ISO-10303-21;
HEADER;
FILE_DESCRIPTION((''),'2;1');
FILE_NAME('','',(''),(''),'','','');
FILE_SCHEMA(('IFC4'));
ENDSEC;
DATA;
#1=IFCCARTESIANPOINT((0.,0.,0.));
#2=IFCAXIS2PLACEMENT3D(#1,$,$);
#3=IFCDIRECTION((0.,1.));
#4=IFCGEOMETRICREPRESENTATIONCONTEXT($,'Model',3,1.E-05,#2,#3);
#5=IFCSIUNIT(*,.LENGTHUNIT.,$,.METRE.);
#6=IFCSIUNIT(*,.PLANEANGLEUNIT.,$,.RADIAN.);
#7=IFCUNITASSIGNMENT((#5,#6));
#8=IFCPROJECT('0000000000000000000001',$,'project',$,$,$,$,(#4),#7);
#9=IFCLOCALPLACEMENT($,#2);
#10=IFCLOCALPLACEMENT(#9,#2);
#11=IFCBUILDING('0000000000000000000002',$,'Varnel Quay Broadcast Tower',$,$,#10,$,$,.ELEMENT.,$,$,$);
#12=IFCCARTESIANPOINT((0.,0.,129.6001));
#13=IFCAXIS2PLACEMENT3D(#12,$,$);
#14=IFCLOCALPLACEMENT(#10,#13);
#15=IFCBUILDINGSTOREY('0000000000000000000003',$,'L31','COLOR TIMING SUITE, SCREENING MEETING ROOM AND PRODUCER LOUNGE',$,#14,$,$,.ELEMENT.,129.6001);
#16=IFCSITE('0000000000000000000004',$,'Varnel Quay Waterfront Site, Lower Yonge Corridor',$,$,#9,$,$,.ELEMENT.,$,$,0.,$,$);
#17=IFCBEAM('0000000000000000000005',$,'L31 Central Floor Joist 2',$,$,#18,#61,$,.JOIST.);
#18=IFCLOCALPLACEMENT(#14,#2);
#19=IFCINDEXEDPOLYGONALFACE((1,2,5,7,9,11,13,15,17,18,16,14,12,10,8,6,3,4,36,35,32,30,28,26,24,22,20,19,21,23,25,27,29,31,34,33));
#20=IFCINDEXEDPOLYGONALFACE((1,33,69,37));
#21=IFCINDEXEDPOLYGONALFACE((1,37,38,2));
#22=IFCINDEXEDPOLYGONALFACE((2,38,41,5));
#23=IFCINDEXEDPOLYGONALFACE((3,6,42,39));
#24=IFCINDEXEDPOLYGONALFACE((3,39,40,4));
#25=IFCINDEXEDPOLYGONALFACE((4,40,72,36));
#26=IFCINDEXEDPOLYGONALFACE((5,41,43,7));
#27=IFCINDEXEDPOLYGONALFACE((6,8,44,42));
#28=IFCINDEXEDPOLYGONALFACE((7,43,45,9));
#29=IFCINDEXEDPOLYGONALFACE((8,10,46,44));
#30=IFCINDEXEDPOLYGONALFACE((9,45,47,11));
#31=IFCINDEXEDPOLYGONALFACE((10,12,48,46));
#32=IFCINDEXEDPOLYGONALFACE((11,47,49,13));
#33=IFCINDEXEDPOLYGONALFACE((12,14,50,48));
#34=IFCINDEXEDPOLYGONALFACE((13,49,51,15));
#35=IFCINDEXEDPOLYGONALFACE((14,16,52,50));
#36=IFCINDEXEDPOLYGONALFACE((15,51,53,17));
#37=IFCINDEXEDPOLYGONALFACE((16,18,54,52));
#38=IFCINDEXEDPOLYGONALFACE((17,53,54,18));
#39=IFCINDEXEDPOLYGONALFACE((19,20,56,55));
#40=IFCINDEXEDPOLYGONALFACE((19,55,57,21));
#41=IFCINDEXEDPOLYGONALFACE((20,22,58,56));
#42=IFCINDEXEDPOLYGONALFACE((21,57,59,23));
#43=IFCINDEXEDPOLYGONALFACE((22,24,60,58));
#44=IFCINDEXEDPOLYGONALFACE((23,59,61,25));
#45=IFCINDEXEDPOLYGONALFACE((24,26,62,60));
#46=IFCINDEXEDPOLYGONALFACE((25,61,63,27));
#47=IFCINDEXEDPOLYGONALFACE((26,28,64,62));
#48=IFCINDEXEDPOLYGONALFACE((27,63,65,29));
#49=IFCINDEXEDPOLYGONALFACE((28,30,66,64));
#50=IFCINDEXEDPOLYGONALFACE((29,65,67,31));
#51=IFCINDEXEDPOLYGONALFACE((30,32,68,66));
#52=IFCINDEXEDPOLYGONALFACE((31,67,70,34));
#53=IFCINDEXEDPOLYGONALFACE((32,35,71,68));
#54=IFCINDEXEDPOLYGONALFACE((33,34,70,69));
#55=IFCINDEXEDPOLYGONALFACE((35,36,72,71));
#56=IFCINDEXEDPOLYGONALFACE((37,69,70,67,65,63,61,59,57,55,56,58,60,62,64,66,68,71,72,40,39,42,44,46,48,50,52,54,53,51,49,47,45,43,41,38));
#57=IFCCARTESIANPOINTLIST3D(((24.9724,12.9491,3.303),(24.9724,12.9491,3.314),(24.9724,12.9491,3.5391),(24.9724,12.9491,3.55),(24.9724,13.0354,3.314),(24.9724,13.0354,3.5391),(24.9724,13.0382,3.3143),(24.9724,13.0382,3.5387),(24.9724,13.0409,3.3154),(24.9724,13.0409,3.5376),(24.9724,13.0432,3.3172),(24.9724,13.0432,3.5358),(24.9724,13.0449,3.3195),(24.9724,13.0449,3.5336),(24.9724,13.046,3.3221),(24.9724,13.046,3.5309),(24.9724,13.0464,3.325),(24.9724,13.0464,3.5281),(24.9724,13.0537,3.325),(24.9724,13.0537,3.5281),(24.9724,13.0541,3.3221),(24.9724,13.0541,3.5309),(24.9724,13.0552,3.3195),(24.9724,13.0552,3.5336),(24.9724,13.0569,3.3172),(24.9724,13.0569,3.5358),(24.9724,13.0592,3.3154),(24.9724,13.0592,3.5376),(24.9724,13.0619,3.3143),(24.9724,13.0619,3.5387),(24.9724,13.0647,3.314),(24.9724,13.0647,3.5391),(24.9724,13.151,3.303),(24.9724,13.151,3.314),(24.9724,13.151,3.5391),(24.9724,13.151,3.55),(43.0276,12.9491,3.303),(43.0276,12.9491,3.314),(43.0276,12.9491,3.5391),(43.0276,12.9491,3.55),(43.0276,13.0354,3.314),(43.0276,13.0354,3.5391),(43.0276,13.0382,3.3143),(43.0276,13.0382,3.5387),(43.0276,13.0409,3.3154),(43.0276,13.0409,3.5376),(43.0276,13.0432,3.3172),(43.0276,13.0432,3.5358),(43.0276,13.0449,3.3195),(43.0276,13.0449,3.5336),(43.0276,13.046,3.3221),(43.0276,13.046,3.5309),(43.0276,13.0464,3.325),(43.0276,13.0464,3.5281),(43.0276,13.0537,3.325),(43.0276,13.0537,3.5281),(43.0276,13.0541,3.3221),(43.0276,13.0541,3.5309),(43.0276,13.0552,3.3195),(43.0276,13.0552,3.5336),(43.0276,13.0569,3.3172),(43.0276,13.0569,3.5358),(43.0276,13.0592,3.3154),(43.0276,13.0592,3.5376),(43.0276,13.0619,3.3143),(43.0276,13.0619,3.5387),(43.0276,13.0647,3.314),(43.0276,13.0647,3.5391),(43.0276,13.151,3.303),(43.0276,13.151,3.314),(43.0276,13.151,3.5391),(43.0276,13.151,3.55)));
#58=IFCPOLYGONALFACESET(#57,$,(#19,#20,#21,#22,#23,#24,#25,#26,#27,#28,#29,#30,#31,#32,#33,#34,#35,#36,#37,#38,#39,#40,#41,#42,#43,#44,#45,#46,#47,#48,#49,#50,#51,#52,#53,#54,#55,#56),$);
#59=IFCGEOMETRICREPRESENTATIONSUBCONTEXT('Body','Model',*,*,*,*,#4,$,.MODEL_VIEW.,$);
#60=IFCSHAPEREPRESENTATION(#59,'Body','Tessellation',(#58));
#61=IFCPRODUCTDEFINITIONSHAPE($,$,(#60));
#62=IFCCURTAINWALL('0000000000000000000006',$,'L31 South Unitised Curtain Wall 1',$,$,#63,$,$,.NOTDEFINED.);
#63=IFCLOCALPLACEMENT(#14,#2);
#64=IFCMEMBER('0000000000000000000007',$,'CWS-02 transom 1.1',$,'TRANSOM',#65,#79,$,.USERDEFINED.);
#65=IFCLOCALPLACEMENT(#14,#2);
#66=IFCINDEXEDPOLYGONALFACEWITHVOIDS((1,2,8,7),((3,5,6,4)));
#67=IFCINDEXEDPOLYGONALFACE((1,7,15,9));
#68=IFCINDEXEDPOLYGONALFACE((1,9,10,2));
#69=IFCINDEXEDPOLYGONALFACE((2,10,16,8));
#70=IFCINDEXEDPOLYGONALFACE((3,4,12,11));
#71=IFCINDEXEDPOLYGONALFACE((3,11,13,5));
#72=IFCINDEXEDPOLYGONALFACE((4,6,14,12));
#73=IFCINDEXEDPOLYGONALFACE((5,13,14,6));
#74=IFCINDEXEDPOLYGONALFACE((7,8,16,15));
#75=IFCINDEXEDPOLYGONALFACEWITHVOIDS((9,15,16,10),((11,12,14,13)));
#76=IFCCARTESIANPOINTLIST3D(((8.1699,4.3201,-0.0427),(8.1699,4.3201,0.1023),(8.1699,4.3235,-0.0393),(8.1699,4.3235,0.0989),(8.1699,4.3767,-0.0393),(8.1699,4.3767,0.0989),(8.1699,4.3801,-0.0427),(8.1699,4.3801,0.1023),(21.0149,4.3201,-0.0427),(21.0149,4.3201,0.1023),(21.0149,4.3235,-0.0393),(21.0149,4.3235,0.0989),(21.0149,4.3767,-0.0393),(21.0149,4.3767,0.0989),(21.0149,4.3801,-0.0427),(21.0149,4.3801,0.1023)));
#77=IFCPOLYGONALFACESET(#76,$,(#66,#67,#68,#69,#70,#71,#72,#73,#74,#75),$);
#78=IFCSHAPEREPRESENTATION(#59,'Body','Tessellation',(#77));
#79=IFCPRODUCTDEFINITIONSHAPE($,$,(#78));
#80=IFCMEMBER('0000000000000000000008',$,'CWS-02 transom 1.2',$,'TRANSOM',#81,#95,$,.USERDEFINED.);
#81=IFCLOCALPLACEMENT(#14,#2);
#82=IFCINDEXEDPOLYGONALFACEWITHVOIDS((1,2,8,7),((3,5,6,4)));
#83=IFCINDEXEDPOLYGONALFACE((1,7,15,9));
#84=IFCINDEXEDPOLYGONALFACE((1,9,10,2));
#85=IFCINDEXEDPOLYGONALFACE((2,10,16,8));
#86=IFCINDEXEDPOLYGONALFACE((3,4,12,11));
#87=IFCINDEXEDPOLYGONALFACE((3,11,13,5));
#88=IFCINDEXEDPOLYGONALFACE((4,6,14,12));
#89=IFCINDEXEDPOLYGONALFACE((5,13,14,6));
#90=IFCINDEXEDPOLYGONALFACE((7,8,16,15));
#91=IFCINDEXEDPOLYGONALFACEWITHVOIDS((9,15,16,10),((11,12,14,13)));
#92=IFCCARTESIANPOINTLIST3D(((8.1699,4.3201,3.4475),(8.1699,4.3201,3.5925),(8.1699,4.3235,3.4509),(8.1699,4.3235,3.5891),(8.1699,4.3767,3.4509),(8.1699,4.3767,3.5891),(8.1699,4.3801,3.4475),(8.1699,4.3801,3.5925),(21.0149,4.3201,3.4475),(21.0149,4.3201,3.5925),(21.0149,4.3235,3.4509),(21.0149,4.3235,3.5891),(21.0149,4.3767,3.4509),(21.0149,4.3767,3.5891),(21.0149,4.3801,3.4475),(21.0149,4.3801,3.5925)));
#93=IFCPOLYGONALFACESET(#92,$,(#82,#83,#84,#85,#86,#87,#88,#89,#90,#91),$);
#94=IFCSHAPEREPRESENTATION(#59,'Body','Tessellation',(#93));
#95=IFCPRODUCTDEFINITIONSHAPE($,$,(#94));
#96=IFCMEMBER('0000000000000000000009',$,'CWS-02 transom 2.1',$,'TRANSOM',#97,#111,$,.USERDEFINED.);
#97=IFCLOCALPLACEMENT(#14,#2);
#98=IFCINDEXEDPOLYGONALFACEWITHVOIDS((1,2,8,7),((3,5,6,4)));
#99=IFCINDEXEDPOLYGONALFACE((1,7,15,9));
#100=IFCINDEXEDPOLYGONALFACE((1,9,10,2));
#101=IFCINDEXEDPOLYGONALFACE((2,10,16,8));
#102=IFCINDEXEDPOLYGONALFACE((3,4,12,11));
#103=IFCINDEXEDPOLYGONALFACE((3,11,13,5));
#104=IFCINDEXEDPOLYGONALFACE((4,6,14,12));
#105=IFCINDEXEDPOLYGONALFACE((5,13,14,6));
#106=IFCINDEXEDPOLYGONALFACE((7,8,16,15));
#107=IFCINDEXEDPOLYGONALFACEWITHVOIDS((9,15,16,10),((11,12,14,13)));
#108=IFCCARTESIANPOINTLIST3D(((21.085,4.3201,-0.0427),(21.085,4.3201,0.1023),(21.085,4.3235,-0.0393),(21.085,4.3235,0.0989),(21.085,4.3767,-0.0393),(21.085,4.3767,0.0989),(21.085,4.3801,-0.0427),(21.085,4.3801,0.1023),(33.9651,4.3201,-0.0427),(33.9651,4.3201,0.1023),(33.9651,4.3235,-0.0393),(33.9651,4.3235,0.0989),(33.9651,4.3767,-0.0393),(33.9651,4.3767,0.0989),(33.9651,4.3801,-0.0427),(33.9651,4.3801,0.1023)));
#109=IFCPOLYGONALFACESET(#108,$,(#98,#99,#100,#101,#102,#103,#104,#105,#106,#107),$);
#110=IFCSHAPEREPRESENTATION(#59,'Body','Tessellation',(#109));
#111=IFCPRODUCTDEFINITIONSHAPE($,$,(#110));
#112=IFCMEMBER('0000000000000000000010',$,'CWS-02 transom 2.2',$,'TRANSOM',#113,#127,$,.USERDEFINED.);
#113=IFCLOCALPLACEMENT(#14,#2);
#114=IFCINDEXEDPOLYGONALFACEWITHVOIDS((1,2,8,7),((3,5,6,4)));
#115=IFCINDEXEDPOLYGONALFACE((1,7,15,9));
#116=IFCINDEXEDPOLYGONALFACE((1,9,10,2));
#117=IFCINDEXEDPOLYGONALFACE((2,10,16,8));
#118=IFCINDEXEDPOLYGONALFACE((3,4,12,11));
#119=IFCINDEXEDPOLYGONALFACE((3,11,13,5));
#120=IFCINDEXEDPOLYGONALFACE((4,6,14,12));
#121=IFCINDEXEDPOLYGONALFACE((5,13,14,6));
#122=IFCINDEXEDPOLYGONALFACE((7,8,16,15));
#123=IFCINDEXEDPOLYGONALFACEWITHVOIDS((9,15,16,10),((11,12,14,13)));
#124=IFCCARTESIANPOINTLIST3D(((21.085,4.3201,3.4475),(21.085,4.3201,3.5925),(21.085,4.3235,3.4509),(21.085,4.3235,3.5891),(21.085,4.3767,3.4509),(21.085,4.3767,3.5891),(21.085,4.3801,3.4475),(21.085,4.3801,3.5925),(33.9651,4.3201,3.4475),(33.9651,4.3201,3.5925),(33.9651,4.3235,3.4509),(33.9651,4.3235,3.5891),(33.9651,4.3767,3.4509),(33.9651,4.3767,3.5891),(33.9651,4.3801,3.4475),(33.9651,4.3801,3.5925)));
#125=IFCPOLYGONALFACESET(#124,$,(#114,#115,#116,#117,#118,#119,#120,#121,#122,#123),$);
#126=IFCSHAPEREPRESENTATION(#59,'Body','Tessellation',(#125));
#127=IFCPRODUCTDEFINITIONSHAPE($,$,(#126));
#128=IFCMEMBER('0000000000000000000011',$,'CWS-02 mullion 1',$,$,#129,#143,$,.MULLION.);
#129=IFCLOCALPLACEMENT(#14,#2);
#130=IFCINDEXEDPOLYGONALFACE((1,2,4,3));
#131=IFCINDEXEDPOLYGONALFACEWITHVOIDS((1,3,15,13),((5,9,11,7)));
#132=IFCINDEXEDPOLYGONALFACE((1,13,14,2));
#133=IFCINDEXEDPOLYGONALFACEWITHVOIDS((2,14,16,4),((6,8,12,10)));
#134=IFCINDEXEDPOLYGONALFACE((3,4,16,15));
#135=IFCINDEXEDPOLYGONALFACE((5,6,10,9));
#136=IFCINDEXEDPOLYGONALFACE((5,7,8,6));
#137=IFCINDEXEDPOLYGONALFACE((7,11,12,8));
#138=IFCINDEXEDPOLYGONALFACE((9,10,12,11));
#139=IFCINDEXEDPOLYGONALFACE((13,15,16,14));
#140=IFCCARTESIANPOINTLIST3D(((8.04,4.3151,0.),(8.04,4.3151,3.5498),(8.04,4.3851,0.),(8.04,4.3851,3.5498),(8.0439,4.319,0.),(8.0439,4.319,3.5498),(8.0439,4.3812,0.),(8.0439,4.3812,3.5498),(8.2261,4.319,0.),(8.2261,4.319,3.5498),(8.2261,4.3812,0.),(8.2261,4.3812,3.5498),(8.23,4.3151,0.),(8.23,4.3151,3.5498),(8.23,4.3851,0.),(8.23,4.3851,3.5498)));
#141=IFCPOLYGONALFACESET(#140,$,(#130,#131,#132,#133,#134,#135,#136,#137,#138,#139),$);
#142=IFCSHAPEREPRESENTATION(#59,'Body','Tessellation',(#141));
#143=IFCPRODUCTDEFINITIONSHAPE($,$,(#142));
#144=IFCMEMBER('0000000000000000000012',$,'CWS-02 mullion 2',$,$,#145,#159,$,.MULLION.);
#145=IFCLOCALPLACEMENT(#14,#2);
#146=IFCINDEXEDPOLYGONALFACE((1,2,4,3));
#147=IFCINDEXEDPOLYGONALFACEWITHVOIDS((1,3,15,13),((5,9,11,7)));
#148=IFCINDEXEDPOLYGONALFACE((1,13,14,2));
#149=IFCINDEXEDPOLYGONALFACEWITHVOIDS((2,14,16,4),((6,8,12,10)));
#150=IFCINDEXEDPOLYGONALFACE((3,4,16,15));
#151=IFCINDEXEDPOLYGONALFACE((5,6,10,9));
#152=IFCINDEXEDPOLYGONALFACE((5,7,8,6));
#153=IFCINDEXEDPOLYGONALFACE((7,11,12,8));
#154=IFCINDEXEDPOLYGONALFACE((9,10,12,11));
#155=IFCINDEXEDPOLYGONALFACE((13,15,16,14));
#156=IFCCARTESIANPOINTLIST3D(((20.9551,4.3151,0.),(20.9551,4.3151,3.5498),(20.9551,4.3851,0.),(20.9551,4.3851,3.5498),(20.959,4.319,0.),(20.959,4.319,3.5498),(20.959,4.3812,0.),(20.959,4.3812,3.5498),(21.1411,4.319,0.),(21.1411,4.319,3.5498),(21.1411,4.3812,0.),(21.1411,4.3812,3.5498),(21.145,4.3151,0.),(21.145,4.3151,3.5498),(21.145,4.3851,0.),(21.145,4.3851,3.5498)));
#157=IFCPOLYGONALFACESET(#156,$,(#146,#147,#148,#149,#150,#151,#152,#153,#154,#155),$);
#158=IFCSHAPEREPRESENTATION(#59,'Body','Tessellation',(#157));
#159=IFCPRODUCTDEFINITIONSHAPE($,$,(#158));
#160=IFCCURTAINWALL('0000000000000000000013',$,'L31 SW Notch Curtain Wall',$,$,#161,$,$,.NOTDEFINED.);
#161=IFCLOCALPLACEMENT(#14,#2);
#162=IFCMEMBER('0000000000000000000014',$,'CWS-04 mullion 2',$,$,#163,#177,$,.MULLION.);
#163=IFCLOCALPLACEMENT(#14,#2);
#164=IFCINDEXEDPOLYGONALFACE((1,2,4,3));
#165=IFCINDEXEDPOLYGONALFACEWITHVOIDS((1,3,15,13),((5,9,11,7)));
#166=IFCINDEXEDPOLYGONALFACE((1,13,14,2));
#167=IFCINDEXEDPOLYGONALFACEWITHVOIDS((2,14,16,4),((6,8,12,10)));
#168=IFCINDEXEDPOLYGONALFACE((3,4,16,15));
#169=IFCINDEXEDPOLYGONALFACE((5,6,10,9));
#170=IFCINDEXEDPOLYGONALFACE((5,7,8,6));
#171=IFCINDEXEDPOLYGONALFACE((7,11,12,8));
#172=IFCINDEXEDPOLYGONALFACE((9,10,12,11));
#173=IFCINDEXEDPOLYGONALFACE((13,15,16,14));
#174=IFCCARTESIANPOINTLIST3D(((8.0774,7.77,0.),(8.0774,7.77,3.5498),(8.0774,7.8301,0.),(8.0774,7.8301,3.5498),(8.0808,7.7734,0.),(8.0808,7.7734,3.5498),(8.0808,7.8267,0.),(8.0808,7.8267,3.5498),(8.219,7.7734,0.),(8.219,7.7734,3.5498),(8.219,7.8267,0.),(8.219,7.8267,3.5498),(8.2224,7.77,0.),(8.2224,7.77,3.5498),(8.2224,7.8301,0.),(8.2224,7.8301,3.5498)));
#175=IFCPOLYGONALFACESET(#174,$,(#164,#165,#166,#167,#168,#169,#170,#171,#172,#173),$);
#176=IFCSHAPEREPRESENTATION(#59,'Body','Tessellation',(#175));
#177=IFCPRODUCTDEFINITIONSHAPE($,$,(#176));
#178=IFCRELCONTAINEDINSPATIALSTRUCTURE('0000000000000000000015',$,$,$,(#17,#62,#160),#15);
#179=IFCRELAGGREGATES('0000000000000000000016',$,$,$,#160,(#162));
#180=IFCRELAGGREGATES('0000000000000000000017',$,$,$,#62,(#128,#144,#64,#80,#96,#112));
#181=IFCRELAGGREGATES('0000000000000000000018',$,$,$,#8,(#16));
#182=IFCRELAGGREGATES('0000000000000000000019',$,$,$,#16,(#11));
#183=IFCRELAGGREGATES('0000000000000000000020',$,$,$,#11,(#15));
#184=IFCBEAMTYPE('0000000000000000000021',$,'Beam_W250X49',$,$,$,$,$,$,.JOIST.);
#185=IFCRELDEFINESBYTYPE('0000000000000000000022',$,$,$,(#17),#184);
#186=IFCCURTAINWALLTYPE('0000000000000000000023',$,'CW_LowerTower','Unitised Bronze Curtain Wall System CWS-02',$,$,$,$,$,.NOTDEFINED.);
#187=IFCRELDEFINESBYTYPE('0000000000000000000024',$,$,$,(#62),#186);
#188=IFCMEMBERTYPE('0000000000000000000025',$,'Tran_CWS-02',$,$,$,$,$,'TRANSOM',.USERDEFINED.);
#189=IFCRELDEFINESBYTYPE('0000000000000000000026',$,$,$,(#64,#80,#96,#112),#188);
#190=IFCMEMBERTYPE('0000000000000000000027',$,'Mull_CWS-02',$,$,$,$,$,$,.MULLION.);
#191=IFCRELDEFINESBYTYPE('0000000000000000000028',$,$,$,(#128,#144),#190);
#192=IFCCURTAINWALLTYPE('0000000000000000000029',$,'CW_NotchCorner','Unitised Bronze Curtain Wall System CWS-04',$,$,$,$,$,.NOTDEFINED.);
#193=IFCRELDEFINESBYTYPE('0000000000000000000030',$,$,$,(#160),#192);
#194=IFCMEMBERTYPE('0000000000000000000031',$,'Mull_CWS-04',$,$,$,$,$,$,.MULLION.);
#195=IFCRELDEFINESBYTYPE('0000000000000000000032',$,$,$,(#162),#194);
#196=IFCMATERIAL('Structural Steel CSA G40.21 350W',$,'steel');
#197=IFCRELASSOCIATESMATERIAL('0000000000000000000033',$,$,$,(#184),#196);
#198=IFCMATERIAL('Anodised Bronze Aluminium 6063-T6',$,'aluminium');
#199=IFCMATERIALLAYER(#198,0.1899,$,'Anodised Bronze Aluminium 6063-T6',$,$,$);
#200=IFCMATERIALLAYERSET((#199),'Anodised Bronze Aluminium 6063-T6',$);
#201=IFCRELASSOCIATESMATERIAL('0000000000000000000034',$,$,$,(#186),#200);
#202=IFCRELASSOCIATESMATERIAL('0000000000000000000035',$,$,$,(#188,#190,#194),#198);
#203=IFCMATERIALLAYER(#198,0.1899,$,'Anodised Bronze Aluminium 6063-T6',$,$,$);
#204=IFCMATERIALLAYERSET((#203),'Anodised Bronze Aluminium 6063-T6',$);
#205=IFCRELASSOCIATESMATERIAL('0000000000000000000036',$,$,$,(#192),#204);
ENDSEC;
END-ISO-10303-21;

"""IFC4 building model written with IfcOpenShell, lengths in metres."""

from ifc_helpers import new_model, si_unit, direction, frame, origin, origin_2d, place, context, subcontext, project, spatial, hollow_rectangle, i_section, extrude, source, transform, mapped, material, layer, layer_set, material_profile, profile_set, type_object, type_shapes, element, aggregate, save


model = new_model("IFC4")

# Units and contexts
model_context = context("Model", 3, precision=1e-05, world=origin(), true_north=direction((0.0, 1.0)))
body_context = subcontext(model_context, "Body", "Model", "MODEL_VIEW")
ifc_project = project(units=[si_unit("LENGTHUNIT", "METRE"), si_unit("PLANEANGLEUNIT", "RADIAN")], contexts=[model_context])

# Site, building, storey
site_placement = place(None, origin())
site = spatial("IfcSite", under=ifc_project, at=site_placement, Name="Varnel Quay Waterfront Site, Lower Yonge Corridor", CompositionType="ELEMENT", RefElevation=0.0)
building_placement = place(site_placement, origin())
building = spatial("IfcBuilding", under=site, at=building_placement, Name="Varnel Quay Broadcast Tower", CompositionType="ELEMENT")
storey_placement = place(building_placement, frame((0.0, 0.0, 129.6001)))
storey = spatial("IfcBuildingStorey", under=building, at=storey_placement, Name="L31", Description="COLOR TIMING SUITE, SCREENING MEETING ROOM AND PRODUCER LOUNGE", CompositionType="ELEMENT", Elevation=129.6001)

# Shared definitions
ifc_material_1 = material(Name="Structural Steel CSA G40.21 350W", Category="steel")

# Beam
ifc_material_profile_1 = material_profile(ifc_material_1, i_section(OverallWidth=0.2019, OverallDepth=0.2471, WebThickness=0.0073, FlangeThickness=0.011, FilletRadius=0.011, at=origin_2d()), Name="W250X49")
ifc_profile_set_1 = profile_set([ifc_material_profile_1], Name="Structural Steel CSA G40.21 350W")
beam_type_1 = type_object("IfcBeamType", Name="Beam_W250X49", PredefinedType="JOIST", material=ifc_profile_set_1)
shared_shape_1 = source(origin(), body_context, "Body", "SweptSolid", [
    extrude(i_section(OverallWidth=0.2019, OverallDepth=0.2471, WebThickness=0.0073, FlangeThickness=0.011, FilletRadius=0.011, at=origin_2d()), origin(), (0.0, 0.0, 1.0), 18.0552),
])
type_shapes(beam_type_1, [shared_shape_1])
beam_1_placement = place(storey_placement, frame((24.9724, 13.05, 3.4265), z_axis=(1.0, 0.0, 0.0), x_axis=(0.0, 1.0, 0.0)))
element("IfcBeam", 1, at=beam_1_placement, inside=storey, type_object=beam_type_1, Name="L31 Central Floor Joist 2", PredefinedType="JOIST", context=body_context, shape_type="MappedRepresentation", body=[
    mapped(shared_shape_1, transform((0.0, 0.0, 0.0), x_axis=(1.0, 0.0, 0.0), y_axis=(0.0, 1.0, 0.0), z_axis=(0.0, 0.0, 1.0), scale=1.0)),
])

# Curtain wall, members
ifc_material_2 = material(Name="Anodised Bronze Aluminium 6063-T6", Category="aluminium")
ifc_layer_1 = layer(ifc_material_2, 0.1899, Name="Anodised Bronze Aluminium 6063-T6")
ifc_layer_set_1 = layer_set([ifc_layer_1], Name="Anodised Bronze Aluminium 6063-T6")
curtain_wall_type_1 = type_object("IfcCurtainWallType", Name="CW_LowerTower", Description="Unitised Bronze Curtain Wall System CWS-02", PredefinedType="NOTDEFINED", material=ifc_layer_set_1)
curtain_wall_1_placement = place(storey_placement, origin())
curtain_wall_1 = element("IfcCurtainWall", 2, at=curtain_wall_1_placement, inside=storey, type_object=curtain_wall_type_1, Name="L31 South Unitised Curtain Wall 1", PredefinedType="NOTDEFINED")
ifc_material_profile_2 = material_profile(ifc_material_2, hollow_rectangle(XDim=0.0601, YDim=0.145, WallThickness=0.0034, at=origin_2d()), Name="ALU60X145X3.5")
ifc_profile_set_2 = profile_set([ifc_material_profile_2], Name="Anodised Bronze Aluminium 6063-T6")
member_type_1 = type_object("IfcMemberType", Name="Tran_CWS-02", ElementType="TRANSOM", PredefinedType="USERDEFINED", material=ifc_profile_set_2)
shared_shape_2 = source(origin(), body_context, "Body", "SweptSolid", [
    extrude(hollow_rectangle(XDim=0.0601, YDim=0.145, WallThickness=0.0034, at=origin_2d()), origin(), (0.0, 0.0, 1.0), 12.845),
])
member_1_placement = place(storey_placement, frame((8.1699, 4.3501, 0.0298), z_axis=(1.0, 0.0, 0.0), x_axis=(0.0, 1.0, 0.0)))
member_1 = element("IfcMember", 3, at=member_1_placement, type_object=member_type_1, Name="CWS-02 transom 1.1", ObjectType="TRANSOM", PredefinedType="USERDEFINED", context=body_context, shape_type="MappedRepresentation", body=[
    mapped(shared_shape_2, transform((0.0, 0.0, 0.0), x_axis=(1.0, 0.0, 0.0), y_axis=(0.0, 1.0, 0.0), z_axis=(0.0, 0.0, 1.0), scale=1.0)),
])
member_2_placement = place(storey_placement, frame((8.1699, 4.3501, 3.52), z_axis=(1.0, 0.0, 0.0), x_axis=(0.0, 1.0, 0.0)))
member_2 = element("IfcMember", 4, at=member_2_placement, type_object=member_type_1, Name="CWS-02 transom 1.2", ObjectType="TRANSOM", PredefinedType="USERDEFINED", context=body_context, shape_type="MappedRepresentation", body=[
    mapped(shared_shape_2, transform((0.0, 0.0, 0.0), x_axis=(1.0, 0.0, 0.0), y_axis=(0.0, 1.0, 0.0), z_axis=(0.0, 0.0, 1.0), scale=1.0)),
])
shared_shape_3 = source(origin(), body_context, "Body", "SweptSolid", [
    extrude(hollow_rectangle(XDim=0.0601, YDim=0.145, WallThickness=0.0034, at=origin_2d()), origin(), (0.0, 0.0, 1.0), 12.8801),
])
type_shapes(member_type_1, [shared_shape_2, shared_shape_3])
member_3_placement = place(storey_placement, frame((21.085, 4.3501, 0.0298), z_axis=(1.0, 0.0, 0.0), x_axis=(0.0, 1.0, 0.0)))
member_3 = element("IfcMember", 5, at=member_3_placement, type_object=member_type_1, Name="CWS-02 transom 2.1", ObjectType="TRANSOM", PredefinedType="USERDEFINED", context=body_context, shape_type="MappedRepresentation", body=[
    mapped(shared_shape_3, transform((0.0, 0.0, 0.0), x_axis=(1.0, 0.0, 0.0), y_axis=(0.0, 1.0, 0.0), z_axis=(0.0, 0.0, 1.0), scale=1.0)),
])
member_4_placement = place(storey_placement, frame((21.085, 4.3501, 3.52), z_axis=(1.0, 0.0, 0.0), x_axis=(0.0, 1.0, 0.0)))
member_4 = element("IfcMember", 6, at=member_4_placement, type_object=member_type_1, Name="CWS-02 transom 2.2", ObjectType="TRANSOM", PredefinedType="USERDEFINED", context=body_context, shape_type="MappedRepresentation", body=[
    mapped(shared_shape_3, transform((0.0, 0.0, 0.0), x_axis=(1.0, 0.0, 0.0), y_axis=(0.0, 1.0, 0.0), z_axis=(0.0, 0.0, 1.0), scale=1.0)),
])
ifc_material_profile_3 = material_profile(ifc_material_2, hollow_rectangle(XDim=0.0701, YDim=0.1899, WallThickness=0.0039, at=origin_2d()), Name="ALU70X190X4")
ifc_profile_set_3 = profile_set([ifc_material_profile_3], Name="Anodised Bronze Aluminium 6063-T6")
member_type_2 = type_object("IfcMemberType", Name="Mull_CWS-02", PredefinedType="MULLION", material=ifc_profile_set_3)
shared_shape_4 = source(origin(), body_context, "Body", "SweptSolid", [
    extrude(hollow_rectangle(XDim=0.0701, YDim=0.1899, WallThickness=0.0039, at=origin_2d()), origin(), (0.0, 0.0, 1.0), 3.5498),
])
type_shapes(member_type_2, [shared_shape_4])
member_5_placement = place(storey_placement, frame((8.135, 4.3501, 0.0), z_axis=(0.0, 0.0, 1.0), x_axis=(0.0, 1.0, 0.0)))
member_5 = element("IfcMember", 7, at=member_5_placement, type_object=member_type_2, Name="CWS-02 mullion 1", PredefinedType="MULLION", context=body_context, shape_type="MappedRepresentation", body=[
    mapped(shared_shape_4, transform((0.0, 0.0, 0.0), x_axis=(1.0, 0.0, 0.0), y_axis=(0.0, 1.0, 0.0), z_axis=(0.0, 0.0, 1.0), scale=1.0)),
])
member_6_placement = place(storey_placement, frame((21.05, 4.3501, 0.0), z_axis=(0.0, 0.0, 1.0), x_axis=(0.0, 1.0, 0.0)))
member_6 = element("IfcMember", 8, at=member_6_placement, type_object=member_type_2, Name="CWS-02 mullion 2", PredefinedType="MULLION", context=body_context, shape_type="MappedRepresentation", body=[
    mapped(shared_shape_4, transform((0.0, 0.0, 0.0), x_axis=(1.0, 0.0, 0.0), y_axis=(0.0, 1.0, 0.0), z_axis=(0.0, 0.0, 1.0), scale=1.0)),
])

# Curtain wall, member
ifc_layer_2 = layer(ifc_material_2, 0.1899, Name="Anodised Bronze Aluminium 6063-T6")
ifc_layer_set_2 = layer_set([ifc_layer_2], Name="Anodised Bronze Aluminium 6063-T6")
curtain_wall_type_2 = type_object("IfcCurtainWallType", Name="CW_NotchCorner", Description="Unitised Bronze Curtain Wall System CWS-04", PredefinedType="NOTDEFINED", material=ifc_layer_set_2)
curtain_wall_2_placement = place(storey_placement, origin())
curtain_wall_2 = element("IfcCurtainWall", 9, at=curtain_wall_2_placement, inside=storey, type_object=curtain_wall_type_2, Name="L31 SW Notch Curtain Wall", PredefinedType="NOTDEFINED")
ifc_material_profile_4 = material_profile(ifc_material_2, hollow_rectangle(XDim=0.0601, YDim=0.145, WallThickness=0.0034, at=origin_2d()), Name="ALU60X145X3.5")
ifc_profile_set_4 = profile_set([ifc_material_profile_4], Name="Anodised Bronze Aluminium 6063-T6")
member_type_3 = type_object("IfcMemberType", Name="Mull_CWS-04", PredefinedType="MULLION", material=ifc_profile_set_4)
shared_shape_5 = source(origin(), body_context, "Body", "SweptSolid", [
    extrude(hollow_rectangle(XDim=0.0601, YDim=0.145, WallThickness=0.0034, at=origin_2d()), origin(), (0.0, 0.0, 1.0), 3.5498),
])
type_shapes(member_type_3, [shared_shape_5])
member_7_placement = place(storey_placement, frame((8.1499, 7.8, 0.0), z_axis=(0.0, 0.0, 1.0), x_axis=(0.0, 1.0, 0.0)))
member_7 = element("IfcMember", 10, at=member_7_placement, type_object=member_type_3, Name="CWS-04 mullion 2", PredefinedType="MULLION", context=body_context, shape_type="MappedRepresentation", body=[
    mapped(shared_shape_5, transform((0.0, 0.0, 0.0), x_axis=(1.0, 0.0, 0.0), y_axis=(0.0, 1.0, 0.0), z_axis=(0.0, 0.0, 1.0), scale=1.0)),
])
aggregate(curtain_wall_2, [member_7])

aggregate(curtain_wall_1, [member_5, member_6, member_1, member_2, member_3, member_4])

save(model, "model.ifc")
